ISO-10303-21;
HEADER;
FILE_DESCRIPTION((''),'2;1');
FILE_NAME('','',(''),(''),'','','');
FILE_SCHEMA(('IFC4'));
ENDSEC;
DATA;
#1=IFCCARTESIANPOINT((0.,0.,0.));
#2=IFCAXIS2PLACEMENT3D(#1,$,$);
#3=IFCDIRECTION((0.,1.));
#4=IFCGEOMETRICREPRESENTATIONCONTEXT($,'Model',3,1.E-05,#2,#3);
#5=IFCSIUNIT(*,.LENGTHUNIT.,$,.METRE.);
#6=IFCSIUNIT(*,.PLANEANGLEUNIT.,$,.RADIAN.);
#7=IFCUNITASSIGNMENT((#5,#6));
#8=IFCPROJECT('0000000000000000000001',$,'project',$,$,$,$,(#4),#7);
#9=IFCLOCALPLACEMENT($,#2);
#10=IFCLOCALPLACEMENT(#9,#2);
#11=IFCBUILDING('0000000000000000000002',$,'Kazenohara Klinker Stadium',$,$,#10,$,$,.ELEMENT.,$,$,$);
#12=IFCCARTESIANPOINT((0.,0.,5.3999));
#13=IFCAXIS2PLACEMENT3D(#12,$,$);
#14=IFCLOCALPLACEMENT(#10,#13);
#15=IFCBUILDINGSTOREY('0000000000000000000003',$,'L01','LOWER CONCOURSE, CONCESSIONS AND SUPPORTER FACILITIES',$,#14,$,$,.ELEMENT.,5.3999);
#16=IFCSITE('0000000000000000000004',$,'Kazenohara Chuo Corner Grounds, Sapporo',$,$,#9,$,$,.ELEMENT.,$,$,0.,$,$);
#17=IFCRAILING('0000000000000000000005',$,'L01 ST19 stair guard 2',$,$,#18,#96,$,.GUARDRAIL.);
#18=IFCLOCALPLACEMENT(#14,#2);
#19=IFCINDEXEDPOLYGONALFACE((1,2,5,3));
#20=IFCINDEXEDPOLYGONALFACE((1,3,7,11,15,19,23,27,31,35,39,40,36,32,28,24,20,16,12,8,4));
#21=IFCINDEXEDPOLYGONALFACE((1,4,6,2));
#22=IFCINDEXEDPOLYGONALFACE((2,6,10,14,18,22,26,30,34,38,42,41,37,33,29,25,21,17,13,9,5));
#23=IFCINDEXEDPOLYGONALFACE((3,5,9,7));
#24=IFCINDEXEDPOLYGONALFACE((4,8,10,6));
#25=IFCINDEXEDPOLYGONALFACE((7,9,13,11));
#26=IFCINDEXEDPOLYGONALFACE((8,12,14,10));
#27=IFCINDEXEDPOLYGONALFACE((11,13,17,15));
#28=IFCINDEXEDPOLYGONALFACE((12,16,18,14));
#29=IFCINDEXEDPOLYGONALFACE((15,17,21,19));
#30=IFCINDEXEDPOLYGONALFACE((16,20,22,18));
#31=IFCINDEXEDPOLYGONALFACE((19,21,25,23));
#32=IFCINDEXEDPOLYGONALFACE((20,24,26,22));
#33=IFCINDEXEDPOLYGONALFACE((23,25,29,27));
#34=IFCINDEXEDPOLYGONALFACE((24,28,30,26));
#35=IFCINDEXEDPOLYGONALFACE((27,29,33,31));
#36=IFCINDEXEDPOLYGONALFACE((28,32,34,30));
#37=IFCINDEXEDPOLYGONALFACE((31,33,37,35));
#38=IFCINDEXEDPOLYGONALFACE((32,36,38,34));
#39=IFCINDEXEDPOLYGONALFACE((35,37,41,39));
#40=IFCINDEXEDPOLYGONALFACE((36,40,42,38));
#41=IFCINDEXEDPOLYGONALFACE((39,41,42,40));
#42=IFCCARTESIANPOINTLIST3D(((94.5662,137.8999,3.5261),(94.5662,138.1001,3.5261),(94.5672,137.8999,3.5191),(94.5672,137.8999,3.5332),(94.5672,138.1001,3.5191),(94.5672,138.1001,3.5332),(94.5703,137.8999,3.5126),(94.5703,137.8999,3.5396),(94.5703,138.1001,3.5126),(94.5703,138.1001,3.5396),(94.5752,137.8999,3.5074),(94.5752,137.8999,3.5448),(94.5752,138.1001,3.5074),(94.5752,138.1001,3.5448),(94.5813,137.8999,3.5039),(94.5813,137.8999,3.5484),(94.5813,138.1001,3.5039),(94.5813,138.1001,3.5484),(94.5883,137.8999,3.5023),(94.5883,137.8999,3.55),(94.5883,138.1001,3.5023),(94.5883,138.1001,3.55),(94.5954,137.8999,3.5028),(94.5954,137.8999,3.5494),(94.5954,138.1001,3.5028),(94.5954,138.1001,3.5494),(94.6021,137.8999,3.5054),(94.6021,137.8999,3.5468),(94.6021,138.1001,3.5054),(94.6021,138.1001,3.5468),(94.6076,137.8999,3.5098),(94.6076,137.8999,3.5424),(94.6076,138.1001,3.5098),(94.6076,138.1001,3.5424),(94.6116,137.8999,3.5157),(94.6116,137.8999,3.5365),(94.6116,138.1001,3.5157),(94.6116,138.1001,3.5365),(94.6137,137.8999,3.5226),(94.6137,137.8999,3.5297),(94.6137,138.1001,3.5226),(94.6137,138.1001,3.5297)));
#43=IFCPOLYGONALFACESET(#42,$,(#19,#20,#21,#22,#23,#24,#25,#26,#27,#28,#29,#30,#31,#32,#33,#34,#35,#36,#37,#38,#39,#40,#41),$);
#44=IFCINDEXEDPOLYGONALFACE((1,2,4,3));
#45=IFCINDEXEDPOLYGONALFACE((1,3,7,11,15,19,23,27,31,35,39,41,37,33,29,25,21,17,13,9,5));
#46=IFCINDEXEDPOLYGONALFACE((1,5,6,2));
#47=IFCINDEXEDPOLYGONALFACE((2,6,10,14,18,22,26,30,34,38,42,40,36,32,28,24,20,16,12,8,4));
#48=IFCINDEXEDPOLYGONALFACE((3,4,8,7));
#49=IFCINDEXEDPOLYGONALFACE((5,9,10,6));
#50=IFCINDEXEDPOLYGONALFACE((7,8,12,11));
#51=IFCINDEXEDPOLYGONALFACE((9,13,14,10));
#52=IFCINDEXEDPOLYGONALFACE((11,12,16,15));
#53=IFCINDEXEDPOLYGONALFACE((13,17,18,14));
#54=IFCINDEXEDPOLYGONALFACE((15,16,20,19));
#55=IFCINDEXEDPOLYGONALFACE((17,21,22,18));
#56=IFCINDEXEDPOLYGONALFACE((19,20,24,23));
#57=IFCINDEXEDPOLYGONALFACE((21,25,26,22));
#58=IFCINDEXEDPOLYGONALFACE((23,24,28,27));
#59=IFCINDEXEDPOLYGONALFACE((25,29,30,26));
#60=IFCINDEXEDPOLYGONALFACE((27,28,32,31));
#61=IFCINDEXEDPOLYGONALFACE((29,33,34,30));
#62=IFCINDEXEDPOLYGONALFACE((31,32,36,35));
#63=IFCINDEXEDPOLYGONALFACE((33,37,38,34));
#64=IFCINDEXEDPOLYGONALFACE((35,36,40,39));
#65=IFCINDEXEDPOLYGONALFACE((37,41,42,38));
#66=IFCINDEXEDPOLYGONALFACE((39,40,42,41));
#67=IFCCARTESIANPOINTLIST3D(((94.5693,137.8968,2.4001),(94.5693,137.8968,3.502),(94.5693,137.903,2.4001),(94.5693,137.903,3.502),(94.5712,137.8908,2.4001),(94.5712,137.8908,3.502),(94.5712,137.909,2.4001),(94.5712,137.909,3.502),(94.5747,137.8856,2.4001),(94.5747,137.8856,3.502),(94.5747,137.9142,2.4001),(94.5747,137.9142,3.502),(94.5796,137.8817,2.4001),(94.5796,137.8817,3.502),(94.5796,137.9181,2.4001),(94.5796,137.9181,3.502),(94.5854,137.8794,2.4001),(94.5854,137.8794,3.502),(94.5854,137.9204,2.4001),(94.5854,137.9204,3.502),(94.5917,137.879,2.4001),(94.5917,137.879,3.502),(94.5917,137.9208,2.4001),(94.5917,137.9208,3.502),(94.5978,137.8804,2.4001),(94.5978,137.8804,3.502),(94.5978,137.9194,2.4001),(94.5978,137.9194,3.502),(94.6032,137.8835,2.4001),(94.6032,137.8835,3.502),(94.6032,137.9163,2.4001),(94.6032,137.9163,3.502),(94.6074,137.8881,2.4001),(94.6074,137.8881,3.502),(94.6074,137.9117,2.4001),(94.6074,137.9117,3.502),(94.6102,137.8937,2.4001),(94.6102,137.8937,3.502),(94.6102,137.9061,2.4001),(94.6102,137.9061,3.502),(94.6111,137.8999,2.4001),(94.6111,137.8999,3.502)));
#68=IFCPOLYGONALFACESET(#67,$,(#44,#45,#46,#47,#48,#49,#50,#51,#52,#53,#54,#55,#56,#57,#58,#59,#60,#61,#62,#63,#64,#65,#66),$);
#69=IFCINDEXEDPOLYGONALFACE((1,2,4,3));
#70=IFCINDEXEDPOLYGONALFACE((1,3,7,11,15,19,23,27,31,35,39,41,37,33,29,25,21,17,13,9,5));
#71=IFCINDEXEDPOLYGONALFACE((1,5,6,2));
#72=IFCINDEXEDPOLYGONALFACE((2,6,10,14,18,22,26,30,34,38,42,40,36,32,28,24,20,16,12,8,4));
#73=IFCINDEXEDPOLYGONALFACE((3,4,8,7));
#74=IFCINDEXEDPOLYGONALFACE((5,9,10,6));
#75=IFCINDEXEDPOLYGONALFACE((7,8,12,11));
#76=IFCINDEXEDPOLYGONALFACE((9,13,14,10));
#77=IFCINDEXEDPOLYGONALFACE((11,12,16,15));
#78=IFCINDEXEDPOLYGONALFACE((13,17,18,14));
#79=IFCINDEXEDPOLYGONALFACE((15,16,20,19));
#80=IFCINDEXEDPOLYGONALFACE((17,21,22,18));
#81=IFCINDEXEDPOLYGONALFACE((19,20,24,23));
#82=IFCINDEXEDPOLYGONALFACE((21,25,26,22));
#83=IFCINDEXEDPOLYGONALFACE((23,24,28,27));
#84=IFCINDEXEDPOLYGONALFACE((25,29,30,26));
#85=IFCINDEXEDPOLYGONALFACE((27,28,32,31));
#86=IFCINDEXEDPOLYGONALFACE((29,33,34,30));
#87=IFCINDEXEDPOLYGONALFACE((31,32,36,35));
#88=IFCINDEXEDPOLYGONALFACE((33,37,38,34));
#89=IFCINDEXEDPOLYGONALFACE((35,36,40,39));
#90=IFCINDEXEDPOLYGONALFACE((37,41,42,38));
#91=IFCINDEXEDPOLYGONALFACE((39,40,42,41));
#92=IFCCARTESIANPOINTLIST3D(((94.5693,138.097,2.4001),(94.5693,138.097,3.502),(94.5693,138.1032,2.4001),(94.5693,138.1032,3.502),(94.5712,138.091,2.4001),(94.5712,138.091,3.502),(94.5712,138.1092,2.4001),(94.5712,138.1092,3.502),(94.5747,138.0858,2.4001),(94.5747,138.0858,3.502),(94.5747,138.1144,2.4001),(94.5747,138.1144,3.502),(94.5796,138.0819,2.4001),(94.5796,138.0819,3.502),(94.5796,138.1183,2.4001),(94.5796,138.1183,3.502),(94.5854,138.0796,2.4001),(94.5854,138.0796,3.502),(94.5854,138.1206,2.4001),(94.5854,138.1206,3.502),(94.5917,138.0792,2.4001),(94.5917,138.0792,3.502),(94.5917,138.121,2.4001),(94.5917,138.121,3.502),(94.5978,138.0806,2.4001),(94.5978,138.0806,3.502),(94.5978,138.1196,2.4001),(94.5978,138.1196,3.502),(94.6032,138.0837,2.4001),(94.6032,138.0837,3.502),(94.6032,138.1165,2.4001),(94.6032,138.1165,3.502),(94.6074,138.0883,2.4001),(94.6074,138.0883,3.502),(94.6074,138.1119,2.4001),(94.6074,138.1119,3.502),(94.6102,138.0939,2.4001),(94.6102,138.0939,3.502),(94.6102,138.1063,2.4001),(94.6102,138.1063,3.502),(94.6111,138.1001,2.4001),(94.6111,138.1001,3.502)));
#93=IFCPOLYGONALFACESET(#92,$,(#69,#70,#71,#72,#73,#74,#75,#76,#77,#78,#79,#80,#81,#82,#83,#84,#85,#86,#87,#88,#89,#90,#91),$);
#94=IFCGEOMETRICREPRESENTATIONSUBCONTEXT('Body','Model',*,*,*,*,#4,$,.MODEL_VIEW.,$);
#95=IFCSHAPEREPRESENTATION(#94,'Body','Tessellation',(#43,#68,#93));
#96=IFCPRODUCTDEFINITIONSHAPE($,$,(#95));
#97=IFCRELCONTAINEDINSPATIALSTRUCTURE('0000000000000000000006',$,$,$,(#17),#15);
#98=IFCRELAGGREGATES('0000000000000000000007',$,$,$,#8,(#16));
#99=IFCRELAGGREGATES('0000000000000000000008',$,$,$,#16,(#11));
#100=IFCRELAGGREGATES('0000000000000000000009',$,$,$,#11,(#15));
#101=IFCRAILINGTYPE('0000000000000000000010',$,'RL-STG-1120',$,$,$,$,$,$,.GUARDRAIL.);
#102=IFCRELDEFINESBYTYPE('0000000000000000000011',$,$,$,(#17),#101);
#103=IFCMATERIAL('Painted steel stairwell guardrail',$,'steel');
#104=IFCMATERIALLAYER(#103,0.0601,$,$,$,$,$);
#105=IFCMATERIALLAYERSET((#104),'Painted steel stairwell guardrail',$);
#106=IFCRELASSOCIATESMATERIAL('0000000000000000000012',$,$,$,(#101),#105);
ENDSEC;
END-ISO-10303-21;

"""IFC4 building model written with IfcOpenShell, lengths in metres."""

from ifc_helpers import new_model, si_unit, direction, frame, origin, origin_2d, place, context, subcontext, project, spatial, circle, extrude, material, layer, layer_set, type_object, element, save


model = new_model("IFC4")

# Units and contexts
model_context = context("Model", 3, precision=1e-05, world=origin(), true_north=direction((0.0, 1.0)))
body_context = subcontext(model_context, "Body", "Model", "MODEL_VIEW")
ifc_project = project(units=[si_unit("LENGTHUNIT", "METRE"), si_unit("PLANEANGLEUNIT", "RADIAN")], contexts=[model_context])

# Site, building, storey
site_placement = place(None, origin())
site = spatial("IfcSite", under=ifc_project, at=site_placement, Name="Kazenohara Chuo Corner Grounds, Sapporo", CompositionType="ELEMENT", RefElevation=0.0)
building_placement = place(site_placement, origin())
building = spatial("IfcBuilding", under=site, at=building_placement, Name="Kazenohara Klinker Stadium", CompositionType="ELEMENT")
storey_placement = place(building_placement, frame((0.0, 0.0, 5.3999)))
storey = spatial("IfcBuildingStorey", under=building, at=storey_placement, Name="L01", Description="LOWER CONCOURSE, CONCESSIONS AND SUPPORTER FACILITIES", CompositionType="ELEMENT", Elevation=5.3999)

# Railing
ifc_material_1 = material(Name="Painted steel stairwell guardrail", Category="steel")
ifc_layer_1 = layer(ifc_material_1, 0.0601)
ifc_layer_set_1 = layer_set([ifc_layer_1], Name="Painted steel stairwell guardrail")
railing_type_1 = type_object("IfcRailingType", Name="RL-STG-1120", PredefinedType="GUARDRAIL", material=ifc_layer_set_1)
railing_1_placement = place(storey_placement, frame((94.5901, 137.8999, 2.4001)))
element("IfcRailing", 1, at=railing_1_placement, inside=storey, type_object=railing_type_1, Name="L01 ST19 stair guard 2", PredefinedType="GUARDRAIL", context=body_context, shape_type="SweptSolid", body=[
    extrude(circle(Radius=0.0239, at=origin_2d()), frame((0.0, 0.0, 1.126), z_axis=(0.0, 1.0, 0.0), x_axis=(-1.0, 0.0, 0.0)), (0.0, 0.0, 1.0), 0.2002),
    extrude(circle(Radius=0.021, at=origin_2d()), origin(), (0.0, 0.0, 1.0), 1.1018),
    extrude(circle(Radius=0.021, at=origin_2d()), frame((0.0, 0.2002, 0.0)), (0.0, 0.0, 1.0), 1.1018),
])

save(model, "model.ifc")
